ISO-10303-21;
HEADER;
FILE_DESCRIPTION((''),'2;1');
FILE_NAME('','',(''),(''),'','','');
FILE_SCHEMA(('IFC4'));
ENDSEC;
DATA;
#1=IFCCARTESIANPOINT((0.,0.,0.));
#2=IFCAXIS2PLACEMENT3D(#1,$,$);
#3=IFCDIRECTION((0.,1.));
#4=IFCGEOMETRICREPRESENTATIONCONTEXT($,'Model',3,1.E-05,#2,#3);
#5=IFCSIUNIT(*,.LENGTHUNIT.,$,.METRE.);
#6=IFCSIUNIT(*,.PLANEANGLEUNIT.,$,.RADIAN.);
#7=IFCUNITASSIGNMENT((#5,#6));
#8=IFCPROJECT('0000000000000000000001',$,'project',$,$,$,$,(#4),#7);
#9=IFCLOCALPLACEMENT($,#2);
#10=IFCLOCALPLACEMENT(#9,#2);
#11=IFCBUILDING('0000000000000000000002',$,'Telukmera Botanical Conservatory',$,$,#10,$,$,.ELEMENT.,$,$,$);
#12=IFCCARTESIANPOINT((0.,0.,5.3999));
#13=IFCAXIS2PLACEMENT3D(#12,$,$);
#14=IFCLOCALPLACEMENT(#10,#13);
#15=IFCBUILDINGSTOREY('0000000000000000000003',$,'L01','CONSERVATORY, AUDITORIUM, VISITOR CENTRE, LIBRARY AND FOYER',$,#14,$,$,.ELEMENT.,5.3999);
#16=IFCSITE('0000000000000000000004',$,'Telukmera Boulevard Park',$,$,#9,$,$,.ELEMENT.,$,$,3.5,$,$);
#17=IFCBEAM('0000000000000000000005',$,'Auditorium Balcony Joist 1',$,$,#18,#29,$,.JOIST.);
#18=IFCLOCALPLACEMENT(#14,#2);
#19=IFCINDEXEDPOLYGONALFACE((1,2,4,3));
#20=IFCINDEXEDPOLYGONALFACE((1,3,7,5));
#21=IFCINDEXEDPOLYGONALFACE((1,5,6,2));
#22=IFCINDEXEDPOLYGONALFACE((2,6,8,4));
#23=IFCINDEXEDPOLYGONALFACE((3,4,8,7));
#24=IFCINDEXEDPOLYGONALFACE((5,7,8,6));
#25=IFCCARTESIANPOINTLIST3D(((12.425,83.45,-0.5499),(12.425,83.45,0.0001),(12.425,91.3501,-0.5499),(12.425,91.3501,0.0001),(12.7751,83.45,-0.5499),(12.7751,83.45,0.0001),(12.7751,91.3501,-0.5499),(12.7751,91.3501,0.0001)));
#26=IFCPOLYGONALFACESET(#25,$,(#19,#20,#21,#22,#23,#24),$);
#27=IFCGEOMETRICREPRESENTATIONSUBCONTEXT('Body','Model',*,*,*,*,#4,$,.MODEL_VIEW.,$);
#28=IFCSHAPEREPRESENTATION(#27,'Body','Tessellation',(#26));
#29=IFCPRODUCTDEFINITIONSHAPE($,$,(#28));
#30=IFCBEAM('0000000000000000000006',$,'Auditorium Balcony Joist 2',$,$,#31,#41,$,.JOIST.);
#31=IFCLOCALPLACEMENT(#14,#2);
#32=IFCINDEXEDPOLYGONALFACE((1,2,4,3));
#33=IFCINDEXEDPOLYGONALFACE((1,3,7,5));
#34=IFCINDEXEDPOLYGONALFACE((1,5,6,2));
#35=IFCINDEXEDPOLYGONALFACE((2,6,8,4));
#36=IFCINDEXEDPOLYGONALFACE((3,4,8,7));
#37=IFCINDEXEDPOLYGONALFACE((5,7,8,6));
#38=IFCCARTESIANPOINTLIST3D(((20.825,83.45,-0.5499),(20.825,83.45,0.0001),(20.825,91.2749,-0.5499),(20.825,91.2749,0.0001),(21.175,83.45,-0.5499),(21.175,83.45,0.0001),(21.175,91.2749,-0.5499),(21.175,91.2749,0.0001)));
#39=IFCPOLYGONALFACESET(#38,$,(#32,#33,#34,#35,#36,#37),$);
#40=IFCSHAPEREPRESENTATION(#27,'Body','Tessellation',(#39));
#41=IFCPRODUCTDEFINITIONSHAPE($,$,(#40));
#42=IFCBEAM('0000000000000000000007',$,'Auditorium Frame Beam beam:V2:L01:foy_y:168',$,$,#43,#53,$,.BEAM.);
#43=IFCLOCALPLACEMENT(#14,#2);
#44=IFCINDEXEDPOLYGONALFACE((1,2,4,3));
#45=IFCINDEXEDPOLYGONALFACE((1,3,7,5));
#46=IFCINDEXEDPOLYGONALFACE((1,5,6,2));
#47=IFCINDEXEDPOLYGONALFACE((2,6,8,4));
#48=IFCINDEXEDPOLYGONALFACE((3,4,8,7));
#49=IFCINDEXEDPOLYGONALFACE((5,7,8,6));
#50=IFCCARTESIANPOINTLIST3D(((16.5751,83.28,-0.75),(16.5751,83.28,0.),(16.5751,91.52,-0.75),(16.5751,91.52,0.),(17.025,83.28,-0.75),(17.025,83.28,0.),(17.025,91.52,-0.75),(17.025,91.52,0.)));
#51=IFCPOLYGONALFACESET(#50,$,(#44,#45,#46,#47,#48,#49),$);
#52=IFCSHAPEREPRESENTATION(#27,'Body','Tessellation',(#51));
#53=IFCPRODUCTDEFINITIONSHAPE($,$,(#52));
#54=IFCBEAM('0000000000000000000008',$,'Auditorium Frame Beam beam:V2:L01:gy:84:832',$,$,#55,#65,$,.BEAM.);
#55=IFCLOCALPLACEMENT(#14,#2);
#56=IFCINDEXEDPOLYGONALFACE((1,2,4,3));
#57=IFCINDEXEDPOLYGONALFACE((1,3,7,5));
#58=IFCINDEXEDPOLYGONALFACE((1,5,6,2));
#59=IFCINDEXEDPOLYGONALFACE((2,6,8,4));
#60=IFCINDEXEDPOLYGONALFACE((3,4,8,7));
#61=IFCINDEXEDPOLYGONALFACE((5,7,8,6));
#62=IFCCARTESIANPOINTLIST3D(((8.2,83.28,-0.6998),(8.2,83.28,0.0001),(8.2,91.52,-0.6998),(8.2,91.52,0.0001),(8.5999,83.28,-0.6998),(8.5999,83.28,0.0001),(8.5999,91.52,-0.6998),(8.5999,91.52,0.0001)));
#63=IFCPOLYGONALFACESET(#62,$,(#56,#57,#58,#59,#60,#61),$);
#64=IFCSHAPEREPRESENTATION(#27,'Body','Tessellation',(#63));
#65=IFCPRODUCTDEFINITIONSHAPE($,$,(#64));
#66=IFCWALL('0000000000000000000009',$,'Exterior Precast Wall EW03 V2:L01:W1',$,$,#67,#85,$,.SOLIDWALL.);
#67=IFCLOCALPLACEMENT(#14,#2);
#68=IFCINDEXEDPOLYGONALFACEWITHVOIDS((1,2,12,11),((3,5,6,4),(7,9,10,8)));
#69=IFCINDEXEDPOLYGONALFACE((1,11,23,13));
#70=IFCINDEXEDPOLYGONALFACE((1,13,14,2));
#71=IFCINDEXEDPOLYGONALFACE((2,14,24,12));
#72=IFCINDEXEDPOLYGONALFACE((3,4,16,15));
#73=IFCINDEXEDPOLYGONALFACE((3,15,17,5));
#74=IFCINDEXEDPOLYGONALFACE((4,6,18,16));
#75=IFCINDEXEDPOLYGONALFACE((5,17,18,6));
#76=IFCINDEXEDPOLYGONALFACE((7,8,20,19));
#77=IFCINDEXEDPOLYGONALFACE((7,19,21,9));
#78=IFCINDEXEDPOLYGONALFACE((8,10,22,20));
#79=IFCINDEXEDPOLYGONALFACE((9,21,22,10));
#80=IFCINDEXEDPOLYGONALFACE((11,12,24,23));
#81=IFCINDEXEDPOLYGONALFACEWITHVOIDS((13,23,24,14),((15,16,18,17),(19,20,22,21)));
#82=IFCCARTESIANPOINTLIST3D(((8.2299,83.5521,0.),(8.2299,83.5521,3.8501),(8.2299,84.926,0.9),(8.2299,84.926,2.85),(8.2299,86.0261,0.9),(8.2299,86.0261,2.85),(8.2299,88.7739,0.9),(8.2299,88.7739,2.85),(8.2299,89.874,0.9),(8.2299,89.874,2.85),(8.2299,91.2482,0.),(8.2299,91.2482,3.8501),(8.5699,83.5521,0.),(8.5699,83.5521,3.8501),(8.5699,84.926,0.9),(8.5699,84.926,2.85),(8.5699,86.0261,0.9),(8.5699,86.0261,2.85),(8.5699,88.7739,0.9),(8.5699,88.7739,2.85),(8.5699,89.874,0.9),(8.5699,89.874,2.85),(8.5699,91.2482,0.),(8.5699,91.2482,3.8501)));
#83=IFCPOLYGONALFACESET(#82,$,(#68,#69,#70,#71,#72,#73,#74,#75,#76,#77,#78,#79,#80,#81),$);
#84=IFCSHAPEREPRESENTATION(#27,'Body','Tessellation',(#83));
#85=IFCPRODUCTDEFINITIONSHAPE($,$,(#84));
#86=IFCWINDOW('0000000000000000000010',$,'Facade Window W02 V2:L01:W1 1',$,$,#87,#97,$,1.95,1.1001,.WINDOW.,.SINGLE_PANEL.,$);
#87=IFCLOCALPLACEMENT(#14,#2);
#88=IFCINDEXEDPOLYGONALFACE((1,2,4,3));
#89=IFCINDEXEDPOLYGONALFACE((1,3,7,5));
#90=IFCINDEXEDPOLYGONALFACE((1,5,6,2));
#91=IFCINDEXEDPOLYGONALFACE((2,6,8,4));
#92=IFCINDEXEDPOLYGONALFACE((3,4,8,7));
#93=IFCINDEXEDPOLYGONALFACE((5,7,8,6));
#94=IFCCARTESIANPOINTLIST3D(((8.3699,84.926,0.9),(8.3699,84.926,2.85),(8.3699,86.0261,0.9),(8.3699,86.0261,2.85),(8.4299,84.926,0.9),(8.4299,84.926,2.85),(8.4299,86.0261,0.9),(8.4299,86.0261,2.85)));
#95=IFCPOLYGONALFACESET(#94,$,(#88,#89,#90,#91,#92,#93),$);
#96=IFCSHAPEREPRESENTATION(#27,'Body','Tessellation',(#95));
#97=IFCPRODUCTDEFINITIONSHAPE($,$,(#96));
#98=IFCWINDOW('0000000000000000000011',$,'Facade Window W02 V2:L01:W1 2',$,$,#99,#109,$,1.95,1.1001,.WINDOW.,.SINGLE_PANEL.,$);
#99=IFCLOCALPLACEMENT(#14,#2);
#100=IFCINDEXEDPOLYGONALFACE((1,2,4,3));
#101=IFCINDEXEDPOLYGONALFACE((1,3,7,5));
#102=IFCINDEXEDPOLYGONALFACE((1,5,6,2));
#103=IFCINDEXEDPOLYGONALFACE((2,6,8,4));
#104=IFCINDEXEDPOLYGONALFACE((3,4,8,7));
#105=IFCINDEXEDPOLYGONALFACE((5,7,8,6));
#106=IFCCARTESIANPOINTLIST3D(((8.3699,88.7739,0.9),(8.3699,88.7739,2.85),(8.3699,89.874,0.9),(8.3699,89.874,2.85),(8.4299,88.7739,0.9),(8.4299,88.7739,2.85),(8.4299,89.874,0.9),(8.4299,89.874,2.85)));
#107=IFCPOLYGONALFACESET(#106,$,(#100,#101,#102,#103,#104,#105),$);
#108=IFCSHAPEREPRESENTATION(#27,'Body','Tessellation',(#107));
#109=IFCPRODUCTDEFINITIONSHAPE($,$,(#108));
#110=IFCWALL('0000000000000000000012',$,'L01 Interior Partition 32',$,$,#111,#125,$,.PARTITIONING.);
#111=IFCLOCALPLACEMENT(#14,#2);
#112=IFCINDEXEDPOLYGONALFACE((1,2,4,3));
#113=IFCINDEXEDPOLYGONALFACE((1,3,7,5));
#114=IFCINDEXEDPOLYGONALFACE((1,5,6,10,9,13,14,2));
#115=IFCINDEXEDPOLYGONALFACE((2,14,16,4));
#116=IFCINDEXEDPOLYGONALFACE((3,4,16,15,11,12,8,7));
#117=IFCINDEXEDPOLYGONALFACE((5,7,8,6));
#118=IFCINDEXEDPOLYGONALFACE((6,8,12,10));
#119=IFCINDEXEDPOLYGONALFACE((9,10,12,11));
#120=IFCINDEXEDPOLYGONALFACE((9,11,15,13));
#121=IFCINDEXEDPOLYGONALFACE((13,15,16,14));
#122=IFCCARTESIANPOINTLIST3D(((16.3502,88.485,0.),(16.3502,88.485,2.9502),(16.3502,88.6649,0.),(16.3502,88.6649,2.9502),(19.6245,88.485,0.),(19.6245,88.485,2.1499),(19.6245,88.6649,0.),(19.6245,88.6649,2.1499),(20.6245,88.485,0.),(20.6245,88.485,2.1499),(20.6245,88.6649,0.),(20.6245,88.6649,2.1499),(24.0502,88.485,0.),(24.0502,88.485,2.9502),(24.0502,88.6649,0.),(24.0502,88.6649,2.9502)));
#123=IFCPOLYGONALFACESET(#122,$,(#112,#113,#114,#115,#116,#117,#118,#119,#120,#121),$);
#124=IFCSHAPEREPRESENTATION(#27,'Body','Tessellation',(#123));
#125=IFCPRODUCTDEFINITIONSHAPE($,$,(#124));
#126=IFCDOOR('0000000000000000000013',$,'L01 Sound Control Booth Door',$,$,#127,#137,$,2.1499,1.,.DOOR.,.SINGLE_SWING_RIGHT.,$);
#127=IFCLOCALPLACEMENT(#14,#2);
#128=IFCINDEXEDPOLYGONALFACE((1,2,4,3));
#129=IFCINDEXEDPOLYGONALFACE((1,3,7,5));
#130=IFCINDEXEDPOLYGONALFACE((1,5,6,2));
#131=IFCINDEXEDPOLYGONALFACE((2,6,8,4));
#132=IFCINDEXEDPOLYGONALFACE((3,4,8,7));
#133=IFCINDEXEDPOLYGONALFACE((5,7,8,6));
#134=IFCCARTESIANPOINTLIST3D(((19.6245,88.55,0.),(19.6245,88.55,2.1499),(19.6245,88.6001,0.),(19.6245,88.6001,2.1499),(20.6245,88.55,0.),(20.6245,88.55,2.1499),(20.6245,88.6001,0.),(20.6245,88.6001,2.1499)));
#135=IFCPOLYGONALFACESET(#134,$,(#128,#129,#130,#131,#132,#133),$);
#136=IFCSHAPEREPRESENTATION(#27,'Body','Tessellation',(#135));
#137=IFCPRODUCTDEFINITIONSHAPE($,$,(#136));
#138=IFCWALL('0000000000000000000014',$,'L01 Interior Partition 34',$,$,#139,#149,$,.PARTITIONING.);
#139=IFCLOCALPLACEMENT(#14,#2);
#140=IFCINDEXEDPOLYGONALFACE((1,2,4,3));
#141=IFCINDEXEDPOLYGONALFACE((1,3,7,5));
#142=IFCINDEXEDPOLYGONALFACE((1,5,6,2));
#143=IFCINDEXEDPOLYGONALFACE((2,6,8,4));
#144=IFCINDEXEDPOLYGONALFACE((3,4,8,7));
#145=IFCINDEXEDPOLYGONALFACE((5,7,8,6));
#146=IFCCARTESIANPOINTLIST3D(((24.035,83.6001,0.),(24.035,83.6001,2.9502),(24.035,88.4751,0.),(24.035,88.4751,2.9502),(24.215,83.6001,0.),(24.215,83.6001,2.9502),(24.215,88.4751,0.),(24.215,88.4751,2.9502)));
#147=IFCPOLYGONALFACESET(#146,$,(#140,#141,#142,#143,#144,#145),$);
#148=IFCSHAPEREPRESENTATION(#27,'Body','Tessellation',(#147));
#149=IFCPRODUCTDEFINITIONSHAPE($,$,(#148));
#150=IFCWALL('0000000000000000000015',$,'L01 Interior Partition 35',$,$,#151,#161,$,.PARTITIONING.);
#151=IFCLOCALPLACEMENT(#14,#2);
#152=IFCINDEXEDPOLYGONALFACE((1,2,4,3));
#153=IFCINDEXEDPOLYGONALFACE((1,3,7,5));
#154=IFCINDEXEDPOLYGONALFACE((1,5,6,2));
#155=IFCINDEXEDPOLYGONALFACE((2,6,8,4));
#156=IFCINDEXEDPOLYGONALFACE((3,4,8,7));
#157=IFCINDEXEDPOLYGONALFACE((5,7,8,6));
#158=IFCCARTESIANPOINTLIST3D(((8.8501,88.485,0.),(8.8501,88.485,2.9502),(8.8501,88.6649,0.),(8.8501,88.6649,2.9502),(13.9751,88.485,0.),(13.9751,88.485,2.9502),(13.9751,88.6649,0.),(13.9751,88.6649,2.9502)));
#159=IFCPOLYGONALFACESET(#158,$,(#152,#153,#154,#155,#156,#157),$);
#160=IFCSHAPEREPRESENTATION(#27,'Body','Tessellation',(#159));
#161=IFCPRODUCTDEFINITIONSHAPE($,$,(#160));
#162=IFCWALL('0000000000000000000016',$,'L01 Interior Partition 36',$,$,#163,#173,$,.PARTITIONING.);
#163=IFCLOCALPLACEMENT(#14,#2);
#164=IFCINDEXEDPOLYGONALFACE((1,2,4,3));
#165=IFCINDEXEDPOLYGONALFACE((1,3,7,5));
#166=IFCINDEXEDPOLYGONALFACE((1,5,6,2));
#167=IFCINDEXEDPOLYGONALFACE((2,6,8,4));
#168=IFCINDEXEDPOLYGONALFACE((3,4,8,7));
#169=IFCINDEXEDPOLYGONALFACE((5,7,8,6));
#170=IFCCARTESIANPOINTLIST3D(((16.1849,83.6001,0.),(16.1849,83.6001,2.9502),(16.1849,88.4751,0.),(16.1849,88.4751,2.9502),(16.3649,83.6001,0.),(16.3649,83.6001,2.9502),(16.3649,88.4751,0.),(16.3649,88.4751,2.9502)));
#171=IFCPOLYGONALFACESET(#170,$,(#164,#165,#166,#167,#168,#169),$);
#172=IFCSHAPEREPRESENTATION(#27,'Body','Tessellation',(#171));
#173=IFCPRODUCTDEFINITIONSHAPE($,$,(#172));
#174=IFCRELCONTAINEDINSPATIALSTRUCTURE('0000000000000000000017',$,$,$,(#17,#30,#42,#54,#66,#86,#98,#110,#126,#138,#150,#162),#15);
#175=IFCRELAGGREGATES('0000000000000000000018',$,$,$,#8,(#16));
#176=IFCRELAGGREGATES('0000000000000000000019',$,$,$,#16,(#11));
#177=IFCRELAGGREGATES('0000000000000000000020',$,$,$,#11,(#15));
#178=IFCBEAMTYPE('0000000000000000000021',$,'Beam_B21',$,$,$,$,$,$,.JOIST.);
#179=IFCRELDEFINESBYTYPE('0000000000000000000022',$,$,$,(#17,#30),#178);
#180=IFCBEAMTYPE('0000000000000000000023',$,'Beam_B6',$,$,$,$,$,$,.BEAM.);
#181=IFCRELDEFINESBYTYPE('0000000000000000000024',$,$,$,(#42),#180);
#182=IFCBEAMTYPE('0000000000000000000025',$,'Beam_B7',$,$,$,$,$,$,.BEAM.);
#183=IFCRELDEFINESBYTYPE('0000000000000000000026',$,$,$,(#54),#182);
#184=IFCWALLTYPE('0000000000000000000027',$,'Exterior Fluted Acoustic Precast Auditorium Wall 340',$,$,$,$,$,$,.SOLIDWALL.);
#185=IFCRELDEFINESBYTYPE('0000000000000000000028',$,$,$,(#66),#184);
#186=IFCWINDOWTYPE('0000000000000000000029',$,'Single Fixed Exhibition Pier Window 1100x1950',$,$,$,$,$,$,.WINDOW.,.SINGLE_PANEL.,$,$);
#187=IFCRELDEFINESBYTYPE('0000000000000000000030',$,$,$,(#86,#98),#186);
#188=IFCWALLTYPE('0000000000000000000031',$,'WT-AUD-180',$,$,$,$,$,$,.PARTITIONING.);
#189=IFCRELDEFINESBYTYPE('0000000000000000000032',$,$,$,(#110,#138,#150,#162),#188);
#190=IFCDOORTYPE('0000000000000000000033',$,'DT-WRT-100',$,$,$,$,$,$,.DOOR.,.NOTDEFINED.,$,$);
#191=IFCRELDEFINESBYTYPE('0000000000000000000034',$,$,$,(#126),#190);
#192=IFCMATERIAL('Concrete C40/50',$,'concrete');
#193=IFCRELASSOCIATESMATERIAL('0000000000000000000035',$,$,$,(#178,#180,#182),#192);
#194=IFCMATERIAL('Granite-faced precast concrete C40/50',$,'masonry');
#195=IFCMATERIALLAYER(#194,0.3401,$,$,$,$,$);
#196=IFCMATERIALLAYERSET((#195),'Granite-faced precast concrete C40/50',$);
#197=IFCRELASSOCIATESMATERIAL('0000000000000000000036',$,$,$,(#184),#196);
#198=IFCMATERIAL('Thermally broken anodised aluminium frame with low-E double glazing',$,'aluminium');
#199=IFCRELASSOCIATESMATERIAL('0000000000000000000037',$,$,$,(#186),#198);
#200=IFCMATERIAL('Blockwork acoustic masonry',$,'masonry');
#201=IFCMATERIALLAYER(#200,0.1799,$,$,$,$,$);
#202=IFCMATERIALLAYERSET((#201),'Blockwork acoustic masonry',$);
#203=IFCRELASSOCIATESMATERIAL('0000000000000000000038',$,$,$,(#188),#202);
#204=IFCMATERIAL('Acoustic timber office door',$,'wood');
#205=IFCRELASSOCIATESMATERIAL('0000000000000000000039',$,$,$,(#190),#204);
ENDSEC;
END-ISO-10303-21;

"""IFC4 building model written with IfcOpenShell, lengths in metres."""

from ifc_helpers import new_model, si_unit, direction, frame, frame_2d, origin, origin_2d, place, context, subcontext, project, spatial, rectangle, extrude, material, layer, layer_set, material_profile, profile_set, type_object, element, fill, save


model = new_model("IFC4")

# Units and contexts
model_context = context("Model", 3, precision=1e-05, world=origin(), true_north=direction((0.0, 1.0)))
body_context = subcontext(model_context, "Body", "Model", "MODEL_VIEW")
ifc_project = project(units=[si_unit("LENGTHUNIT", "METRE"), si_unit("PLANEANGLEUNIT", "RADIAN")], contexts=[model_context])

# Site, building, storey
site_placement = place(None, origin())
site = spatial("IfcSite", under=ifc_project, at=site_placement, Name="Telukmera Boulevard Park", CompositionType="ELEMENT", RefElevation=3.5)
building_placement = place(site_placement, origin())
building = spatial("IfcBuilding", under=site, at=building_placement, Name="Telukmera Botanical Conservatory", CompositionType="ELEMENT")
storey_placement = place(building_placement, frame((0.0, 0.0, 5.3999)))
storey = spatial("IfcBuildingStorey", under=building, at=storey_placement, Name="L01", Description="CONSERVATORY, AUDITORIUM, VISITOR CENTRE, LIBRARY AND FOYER", CompositionType="ELEMENT", Elevation=5.3999)

# Beams
ifc_material_1 = material(Name="Concrete C40/50", Category="concrete")
ifc_material_profile_1 = material_profile(ifc_material_1, rectangle(XDim=0.3501, YDim=0.55, at=origin_2d()), Name="RC 350x550")
ifc_profile_set_1 = profile_set([ifc_material_profile_1], Name="Concrete C40/50")
beam_type_1 = type_object("IfcBeamType", Name="Beam_B21", PredefinedType="JOIST", material=ifc_profile_set_1)
beam_1_placement = place(storey_placement, frame((12.6001, 83.45, -0.2749), z_axis=(0.0, 1.0, 0.0), x_axis=(-1.0, 0.0, 0.0)))
element("IfcBeam", 1, at=beam_1_placement, inside=storey, type_object=beam_type_1, Name="Auditorium Balcony Joist 1", PredefinedType="JOIST", context=body_context, shape_type="SweptSolid", body=[
    extrude(rectangle(XDim=0.3501, YDim=0.55, at=origin_2d()), origin(), (0.0, 0.0, 1.0), 7.9001),
])
beam_2_placement = place(storey_placement, frame((21.0, 83.45, -0.2749), z_axis=(0.0, 1.0, 0.0), x_axis=(-1.0, 0.0, 0.0)))
element("IfcBeam", 2, at=beam_2_placement, inside=storey, type_object=beam_type_1, Name="Auditorium Balcony Joist 2", PredefinedType="JOIST", context=body_context, shape_type="SweptSolid", body=[
    extrude(rectangle(XDim=0.3501, YDim=0.55, at=origin_2d()), origin(), (0.0, 0.0, 1.0), 7.825),
])
ifc_material_profile_2 = material_profile(ifc_material_1, rectangle(XDim=0.45, YDim=0.75, at=origin_2d()), Name="RC 450x750")
ifc_profile_set_2 = profile_set([ifc_material_profile_2], Name="Concrete C40/50")
beam_type_2 = type_object("IfcBeamType", Name="Beam_B6", PredefinedType="BEAM", material=ifc_profile_set_2)
beam_3_placement = place(storey_placement, frame((16.8, 83.28, -0.375), z_axis=(0.0, 1.0, 0.0), x_axis=(-1.0, 0.0, 0.0)))
element("IfcBeam", 3, at=beam_3_placement, inside=storey, type_object=beam_type_2, Name="Auditorium Frame Beam beam:V2:L01:foy_y:168", PredefinedType="BEAM", context=body_context, shape_type="SweptSolid", body=[
    extrude(rectangle(XDim=0.45, YDim=0.75, at=origin_2d()), origin(), (0.0, 0.0, 1.0), 8.24),
])
ifc_material_profile_3 = material_profile(ifc_material_1, rectangle(XDim=0.3999, YDim=0.7, at=origin_2d()), Name="RC 400x700")
ifc_profile_set_3 = profile_set([ifc_material_profile_3], Name="Concrete C40/50")
beam_type_3 = type_object("IfcBeamType", Name="Beam_B7", PredefinedType="BEAM", material=ifc_profile_set_3)
beam_4_placement = place(storey_placement, frame((8.3999, 83.28, -0.3499), z_axis=(0.0, 1.0, 0.0), x_axis=(-1.0, 0.0, 0.0)))
element("IfcBeam", 4, at=beam_4_placement, inside=storey, type_object=beam_type_3, Name="Auditorium Frame Beam beam:V2:L01:gy:84:832", PredefinedType="BEAM", context=body_context, shape_type="SweptSolid", body=[
    extrude(rectangle(XDim=0.3999, YDim=0.7, at=origin_2d()), origin(), (0.0, 0.0, 1.0), 8.24),
])

# Wall, openings, windows
ifc_material_2 = material(Name="Granite-faced precast concrete C40/50", Category="masonry")
ifc_layer_1 = layer(ifc_material_2, 0.3401)
ifc_layer_set_1 = layer_set([ifc_layer_1], Name="Granite-faced precast concrete C40/50")
wall_type_1 = type_object("IfcWallType", Name="Exterior Fluted Acoustic Precast Auditorium Wall 340", PredefinedType="SOLIDWALL", material=ifc_layer_set_1)
wall_1_placement = place(storey_placement, frame((8.3999, 83.552, 0.0), z_axis=(0.0, 0.0, 1.0), x_axis=(0.0, 1.0, 0.0)))
wall_1 = element("IfcWall", 5, at=wall_1_placement, inside=storey, type_object=wall_type_1, Name="Exterior Precast Wall EW03 V2:L01:W1", PredefinedType="SOLIDWALL", context=body_context, shape_type="SweptSolid", body=[
    extrude(rectangle(XDim=7.696, YDim=0.3401, at=frame_2d((3.8481, 0.0))), origin(), (0.0, 0.0, 1.0), 3.8501),
])
opening_1_placement = place(wall_1_placement, frame((1.374, 0.0, 0.8999)))
opening_1 = element("IfcOpeningElement", 6, at=opening_1_placement, cuts=wall_1, PredefinedType="OPENING", context=body_context, shape_type="SweptSolid", body=[
    extrude(rectangle(XDim=1.1001, YDim=1.95, at=frame_2d((0.55, 0.9751))), frame((0.0, 0.1799, 0.0), z_axis=(0.0, -1.0, 0.0), x_axis=(1.0, 0.0, 0.0)), (0.0, 0.0, 1.0), 0.3601),
])
opening_2_placement = place(wall_1_placement, frame((5.2219, 0.0, 0.8999)))
opening_2 = element("IfcOpeningElement", 7, at=opening_2_placement, cuts=wall_1, PredefinedType="OPENING", context=body_context, shape_type="SweptSolid", body=[
    extrude(rectangle(XDim=1.1001, YDim=1.95, at=frame_2d((0.55, 0.9751))), frame((0.0, 0.1799, 0.0), z_axis=(0.0, -1.0, 0.0), x_axis=(1.0, 0.0, 0.0)), (0.0, 0.0, 1.0), 0.3601),
])
ifc_material_3 = material(Name="Thermally broken anodised aluminium frame with low-E double glazing", Category="aluminium")
window_type = type_object("IfcWindowType", Name="Single Fixed Exhibition Pier Window 1100x1950", PartitioningType="SINGLE_PANEL", PredefinedType="WINDOW", material=ifc_material_3)
window_1_placement = place(opening_1_placement, origin())
window_1 = element("IfcWindow", 8, at=window_1_placement, inside=storey, type_object=window_type, Name="Facade Window W02 V2:L01:W1 1", OverallHeight=1.95, OverallWidth=1.1001, PartitioningType="SINGLE_PANEL", PredefinedType="WINDOW", context=body_context, shape_type="SweptSolid", body=[
    extrude(rectangle(XDim=1.1001, YDim=1.95, at=frame_2d((0.55, 0.9751))), frame((0.0, 0.03, 0.0), z_axis=(0.0, -1.0, 0.0), x_axis=(1.0, 0.0, 0.0)), (0.0, 0.0, 1.0), 0.0601),
])
fill(opening_1, window_1)
window_2_placement = place(opening_2_placement, origin())
window_2 = element("IfcWindow", 9, at=window_2_placement, inside=storey, type_object=window_type, Name="Facade Window W02 V2:L01:W1 2", OverallHeight=1.95, OverallWidth=1.1001, PartitioningType="SINGLE_PANEL", PredefinedType="WINDOW", context=body_context, shape_type="SweptSolid", body=[
    extrude(rectangle(XDim=1.1001, YDim=1.95, at=frame_2d((0.55, 0.9751))), frame((0.0, 0.03, 0.0), z_axis=(0.0, -1.0, 0.0), x_axis=(1.0, 0.0, 0.0)), (0.0, 0.0, 1.0), 0.0601),
])
fill(opening_2, window_2)

# Wall, opening, door
ifc_material_4 = material(Name="Blockwork acoustic masonry", Category="masonry")
ifc_layer_2 = layer(ifc_material_4, 0.1799)
ifc_layer_set_2 = layer_set([ifc_layer_2], Name="Blockwork acoustic masonry")
wall_type_2 = type_object("IfcWallType", Name="WT-AUD-180", PredefinedType="PARTITIONING", material=ifc_layer_set_2)
ifc_material_5 = material(Name="Acoustic timber office door", Category="wood")
door_type_1 = type_object("IfcDoorType", Name="DT-WRT-100", OperationType="NOTDEFINED", PredefinedType="DOOR", material=ifc_material_5)
wall_2_placement = place(storey_placement, frame((16.3501, 88.575, 0.0), z_axis=(0.0, 0.0, 1.0), x_axis=(1.0, 0.0, 0.0)))
wall_2 = element("IfcWall", 10, at=wall_2_placement, inside=storey, type_object=wall_type_2, Name="L01 Interior Partition 32", PredefinedType="PARTITIONING", context=body_context, shape_type="SweptSolid", body=[
    extrude(rectangle(XDim=7.7, YDim=0.1799, at=frame_2d((3.8501, 0.0))), origin(), (0.0, 0.0, 1.0), 2.9502),
])
opening_3_placement = place(wall_2_placement, frame((3.2744, 0.0, 0.0)))
opening_3 = element("IfcOpeningElement", 11, at=opening_3_placement, cuts=wall_2, PredefinedType="OPENING", context=body_context, shape_type="SweptSolid", body=[
    extrude(rectangle(XDim=1.0, YDim=2.1499, at=frame_2d((0.5, 1.075))), frame((0.0, 0.0999, 0.0), z_axis=(0.0, -1.0, 0.0), x_axis=(1.0, 0.0, 0.0)), (0.0, 0.0, 1.0), 0.2),
])
door_1_placement = place(opening_3_placement, frame((1.0, 0.0, 0.0), z_axis=(0.0, 0.0, 1.0), x_axis=(-1.0, 0.0, 0.0)))
door_1 = element("IfcDoor", 12, at=door_1_placement, inside=storey, type_object=door_type_1, Name="L01 Sound Control Booth Door", OperationType="SINGLE_SWING_RIGHT", OverallHeight=2.1499, OverallWidth=1.0, PredefinedType="DOOR", context=body_context, shape_type="SweptSolid", body=[
    extrude(rectangle(XDim=1.0, YDim=2.1499, at=frame_2d((0.5, 1.075))), frame((0.0, 0.0249, 0.0), z_axis=(0.0, -1.0, 0.0), x_axis=(1.0, 0.0, 0.0)), (0.0, 0.0, 1.0), 0.05),
])
fill(opening_3, door_1)

# Walls
wall_3_placement = place(storey_placement, frame((24.125, 83.6001, 0.0), z_axis=(0.0, 0.0, 1.0), x_axis=(0.0, 1.0, 0.0)))
element("IfcWall", 13, at=wall_3_placement, inside=storey, type_object=wall_type_2, Name="L01 Interior Partition 34", PredefinedType="PARTITIONING", context=body_context, shape_type="SweptSolid", body=[
    extrude(rectangle(XDim=4.875, YDim=0.1799, at=frame_2d((2.4375, 0.0))), origin(), (0.0, 0.0, 1.0), 2.9502),
])
wall_4_placement = place(storey_placement, frame((8.8501, 88.575, 0.0), z_axis=(0.0, 0.0, 1.0), x_axis=(1.0, 0.0, 0.0)))
element("IfcWall", 14, at=wall_4_placement, inside=storey, type_object=wall_type_2, Name="L01 Interior Partition 35", PredefinedType="PARTITIONING", context=body_context, shape_type="SweptSolid", body=[
    extrude(rectangle(XDim=5.125, YDim=0.1799, at=frame_2d((2.5625, 0.0))), origin(), (0.0, 0.0, 1.0), 2.9502),
])
wall_5_placement = place(storey_placement, frame((16.2749, 83.6001, 0.0), z_axis=(0.0, 0.0, 1.0), x_axis=(0.0, 1.0, 0.0)))
element("IfcWall", 15, at=wall_5_placement, inside=storey, type_object=wall_type_2, Name="L01 Interior Partition 36", PredefinedType="PARTITIONING", context=body_context, shape_type="SweptSolid", body=[
    extrude(rectangle(XDim=4.875, YDim=0.1799, at=frame_2d((2.4375, 0.0))), origin(), (0.0, 0.0, 1.0), 2.9502),
])

save(model, "model.ifc")
